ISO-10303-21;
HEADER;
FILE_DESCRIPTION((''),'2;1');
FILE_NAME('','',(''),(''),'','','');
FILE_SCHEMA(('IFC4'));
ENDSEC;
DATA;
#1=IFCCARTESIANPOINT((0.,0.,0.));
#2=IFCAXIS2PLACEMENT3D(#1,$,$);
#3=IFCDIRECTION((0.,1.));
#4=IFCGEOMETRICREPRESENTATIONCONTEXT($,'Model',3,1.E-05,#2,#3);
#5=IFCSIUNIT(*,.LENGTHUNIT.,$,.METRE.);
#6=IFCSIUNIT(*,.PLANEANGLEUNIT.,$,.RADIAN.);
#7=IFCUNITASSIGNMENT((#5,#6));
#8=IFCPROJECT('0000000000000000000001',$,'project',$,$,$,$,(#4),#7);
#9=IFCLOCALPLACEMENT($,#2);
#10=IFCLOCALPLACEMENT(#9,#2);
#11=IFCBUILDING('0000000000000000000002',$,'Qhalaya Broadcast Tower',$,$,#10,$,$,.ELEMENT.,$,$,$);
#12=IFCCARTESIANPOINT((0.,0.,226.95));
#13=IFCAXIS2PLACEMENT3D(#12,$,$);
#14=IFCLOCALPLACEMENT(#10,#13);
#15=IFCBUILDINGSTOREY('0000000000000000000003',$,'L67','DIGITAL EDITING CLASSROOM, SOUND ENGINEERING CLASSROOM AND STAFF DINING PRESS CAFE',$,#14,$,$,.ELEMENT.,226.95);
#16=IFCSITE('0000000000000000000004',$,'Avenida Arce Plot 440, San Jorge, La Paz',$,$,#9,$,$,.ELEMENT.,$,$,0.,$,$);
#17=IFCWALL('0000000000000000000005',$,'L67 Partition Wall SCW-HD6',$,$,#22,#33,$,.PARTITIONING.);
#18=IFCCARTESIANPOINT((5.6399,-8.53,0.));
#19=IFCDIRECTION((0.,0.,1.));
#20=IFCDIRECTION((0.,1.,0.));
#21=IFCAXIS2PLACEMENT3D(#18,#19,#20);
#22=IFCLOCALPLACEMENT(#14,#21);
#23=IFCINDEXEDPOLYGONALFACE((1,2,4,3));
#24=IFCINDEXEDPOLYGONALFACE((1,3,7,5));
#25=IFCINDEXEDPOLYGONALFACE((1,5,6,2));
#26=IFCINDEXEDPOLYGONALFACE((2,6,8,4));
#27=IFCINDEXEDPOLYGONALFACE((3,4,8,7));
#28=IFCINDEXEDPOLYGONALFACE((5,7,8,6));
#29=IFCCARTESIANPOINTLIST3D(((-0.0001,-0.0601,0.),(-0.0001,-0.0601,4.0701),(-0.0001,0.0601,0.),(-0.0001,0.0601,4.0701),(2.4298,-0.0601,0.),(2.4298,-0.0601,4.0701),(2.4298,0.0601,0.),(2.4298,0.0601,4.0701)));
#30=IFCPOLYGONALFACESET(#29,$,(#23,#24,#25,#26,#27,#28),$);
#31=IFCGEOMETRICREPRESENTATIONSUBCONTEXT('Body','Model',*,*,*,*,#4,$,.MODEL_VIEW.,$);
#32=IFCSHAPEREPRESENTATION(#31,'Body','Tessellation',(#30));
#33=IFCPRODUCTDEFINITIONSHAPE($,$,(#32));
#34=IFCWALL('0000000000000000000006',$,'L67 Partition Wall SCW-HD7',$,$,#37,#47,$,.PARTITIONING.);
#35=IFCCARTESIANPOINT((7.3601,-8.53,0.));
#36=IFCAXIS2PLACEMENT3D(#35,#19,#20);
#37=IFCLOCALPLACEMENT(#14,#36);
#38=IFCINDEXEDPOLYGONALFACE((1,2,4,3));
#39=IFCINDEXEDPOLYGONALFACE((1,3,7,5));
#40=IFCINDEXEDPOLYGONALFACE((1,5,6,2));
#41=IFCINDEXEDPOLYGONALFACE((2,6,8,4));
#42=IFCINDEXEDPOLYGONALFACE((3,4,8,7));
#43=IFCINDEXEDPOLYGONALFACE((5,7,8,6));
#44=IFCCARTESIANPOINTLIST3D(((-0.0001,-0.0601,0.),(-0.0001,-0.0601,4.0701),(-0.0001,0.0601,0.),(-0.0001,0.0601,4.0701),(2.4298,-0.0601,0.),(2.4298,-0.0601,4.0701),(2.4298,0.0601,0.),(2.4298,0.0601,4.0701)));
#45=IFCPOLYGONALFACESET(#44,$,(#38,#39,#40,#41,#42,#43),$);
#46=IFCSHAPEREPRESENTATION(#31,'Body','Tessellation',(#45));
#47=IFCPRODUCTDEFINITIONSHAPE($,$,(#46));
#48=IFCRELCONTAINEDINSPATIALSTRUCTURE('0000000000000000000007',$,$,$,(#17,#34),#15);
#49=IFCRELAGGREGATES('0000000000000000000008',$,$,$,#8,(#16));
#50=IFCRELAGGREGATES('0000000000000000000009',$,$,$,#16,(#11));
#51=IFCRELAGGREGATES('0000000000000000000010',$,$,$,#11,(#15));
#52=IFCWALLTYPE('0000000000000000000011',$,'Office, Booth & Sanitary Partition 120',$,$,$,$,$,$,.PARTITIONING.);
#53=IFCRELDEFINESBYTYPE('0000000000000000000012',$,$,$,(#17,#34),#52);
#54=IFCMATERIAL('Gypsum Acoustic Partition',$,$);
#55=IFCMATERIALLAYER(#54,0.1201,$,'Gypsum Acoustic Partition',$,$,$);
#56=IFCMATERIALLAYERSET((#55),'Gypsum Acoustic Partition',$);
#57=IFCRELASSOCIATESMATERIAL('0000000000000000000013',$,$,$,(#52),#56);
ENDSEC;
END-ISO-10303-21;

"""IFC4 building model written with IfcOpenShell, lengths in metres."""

from ifc_helpers import new_model, si_unit, direction, frame, frame_2d, origin, place, context, subcontext, project, spatial, rectangle, extrude, material, layer, layer_set, type_object, element, save


model = new_model("IFC4")

# Units and contexts
model_context = context("Model", 3, precision=1e-05, world=origin(), true_north=direction((0.0, 1.0)))
body_context = subcontext(model_context, "Body", "Model", "MODEL_VIEW")
ifc_project = project(units=[si_unit("LENGTHUNIT", "METRE"), si_unit("PLANEANGLEUNIT", "RADIAN")], contexts=[model_context])

# Site, building, storey
site_placement = place(None, origin())
site = spatial("IfcSite", under=ifc_project, at=site_placement, Name="Avenida Arce Plot 440, San Jorge, La Paz", CompositionType="ELEMENT", RefElevation=0.0)
building_placement = place(site_placement, origin())
building = spatial("IfcBuilding", under=site, at=building_placement, Name="Qhalaya Broadcast Tower", CompositionType="ELEMENT")
storey_placement = place(building_placement, frame((0.0, 0.0, 226.95)))
storey = spatial("IfcBuildingStorey", under=building, at=storey_placement, Name="L67", Description="DIGITAL EDITING CLASSROOM, SOUND ENGINEERING CLASSROOM AND STAFF DINING PRESS CAFE", CompositionType="ELEMENT", Elevation=226.95)

# Shared definitions
ifc_material_1 = material(Name="Gypsum Acoustic Partition")

# Walls
ifc_layer_1 = layer(ifc_material_1, 0.1201, Name="Gypsum Acoustic Partition")
ifc_layer_set_1 = layer_set([ifc_layer_1], Name="Gypsum Acoustic Partition")
wall_type_1 = type_object("IfcWallType", Name="Office, Booth & Sanitary Partition 120", PredefinedType="PARTITIONING", material=ifc_layer_set_1)
for number, where, z_axis, x_axis, name in (
    (1, (5.6399, -8.53, 0.0), (0.0, 0.0, 1.0), (0.0, 1.0, 0.0), "L67 Partition Wall SCW-HD6"),
    (2, (7.3601, -8.53, 0.0), (0.0, 0.0, 1.0), (0.0, 1.0, 0.0), "L67 Partition Wall SCW-HD7"),
):
    element("IfcWall", number, at=place(storey_placement, frame(where, z_axis=z_axis, x_axis=x_axis)), inside=storey, type_object=wall_type_1, Name=name, PredefinedType="PARTITIONING", context=body_context, shape_type="SweptSolid", body=[
        extrude(rectangle(XDim=2.4299, YDim=0.1201, at=frame_2d((1.2148, 0.0))), origin(), (0.0, 0.0, 1.0), 4.0701),
    ])

save(model, "model.ifc")
